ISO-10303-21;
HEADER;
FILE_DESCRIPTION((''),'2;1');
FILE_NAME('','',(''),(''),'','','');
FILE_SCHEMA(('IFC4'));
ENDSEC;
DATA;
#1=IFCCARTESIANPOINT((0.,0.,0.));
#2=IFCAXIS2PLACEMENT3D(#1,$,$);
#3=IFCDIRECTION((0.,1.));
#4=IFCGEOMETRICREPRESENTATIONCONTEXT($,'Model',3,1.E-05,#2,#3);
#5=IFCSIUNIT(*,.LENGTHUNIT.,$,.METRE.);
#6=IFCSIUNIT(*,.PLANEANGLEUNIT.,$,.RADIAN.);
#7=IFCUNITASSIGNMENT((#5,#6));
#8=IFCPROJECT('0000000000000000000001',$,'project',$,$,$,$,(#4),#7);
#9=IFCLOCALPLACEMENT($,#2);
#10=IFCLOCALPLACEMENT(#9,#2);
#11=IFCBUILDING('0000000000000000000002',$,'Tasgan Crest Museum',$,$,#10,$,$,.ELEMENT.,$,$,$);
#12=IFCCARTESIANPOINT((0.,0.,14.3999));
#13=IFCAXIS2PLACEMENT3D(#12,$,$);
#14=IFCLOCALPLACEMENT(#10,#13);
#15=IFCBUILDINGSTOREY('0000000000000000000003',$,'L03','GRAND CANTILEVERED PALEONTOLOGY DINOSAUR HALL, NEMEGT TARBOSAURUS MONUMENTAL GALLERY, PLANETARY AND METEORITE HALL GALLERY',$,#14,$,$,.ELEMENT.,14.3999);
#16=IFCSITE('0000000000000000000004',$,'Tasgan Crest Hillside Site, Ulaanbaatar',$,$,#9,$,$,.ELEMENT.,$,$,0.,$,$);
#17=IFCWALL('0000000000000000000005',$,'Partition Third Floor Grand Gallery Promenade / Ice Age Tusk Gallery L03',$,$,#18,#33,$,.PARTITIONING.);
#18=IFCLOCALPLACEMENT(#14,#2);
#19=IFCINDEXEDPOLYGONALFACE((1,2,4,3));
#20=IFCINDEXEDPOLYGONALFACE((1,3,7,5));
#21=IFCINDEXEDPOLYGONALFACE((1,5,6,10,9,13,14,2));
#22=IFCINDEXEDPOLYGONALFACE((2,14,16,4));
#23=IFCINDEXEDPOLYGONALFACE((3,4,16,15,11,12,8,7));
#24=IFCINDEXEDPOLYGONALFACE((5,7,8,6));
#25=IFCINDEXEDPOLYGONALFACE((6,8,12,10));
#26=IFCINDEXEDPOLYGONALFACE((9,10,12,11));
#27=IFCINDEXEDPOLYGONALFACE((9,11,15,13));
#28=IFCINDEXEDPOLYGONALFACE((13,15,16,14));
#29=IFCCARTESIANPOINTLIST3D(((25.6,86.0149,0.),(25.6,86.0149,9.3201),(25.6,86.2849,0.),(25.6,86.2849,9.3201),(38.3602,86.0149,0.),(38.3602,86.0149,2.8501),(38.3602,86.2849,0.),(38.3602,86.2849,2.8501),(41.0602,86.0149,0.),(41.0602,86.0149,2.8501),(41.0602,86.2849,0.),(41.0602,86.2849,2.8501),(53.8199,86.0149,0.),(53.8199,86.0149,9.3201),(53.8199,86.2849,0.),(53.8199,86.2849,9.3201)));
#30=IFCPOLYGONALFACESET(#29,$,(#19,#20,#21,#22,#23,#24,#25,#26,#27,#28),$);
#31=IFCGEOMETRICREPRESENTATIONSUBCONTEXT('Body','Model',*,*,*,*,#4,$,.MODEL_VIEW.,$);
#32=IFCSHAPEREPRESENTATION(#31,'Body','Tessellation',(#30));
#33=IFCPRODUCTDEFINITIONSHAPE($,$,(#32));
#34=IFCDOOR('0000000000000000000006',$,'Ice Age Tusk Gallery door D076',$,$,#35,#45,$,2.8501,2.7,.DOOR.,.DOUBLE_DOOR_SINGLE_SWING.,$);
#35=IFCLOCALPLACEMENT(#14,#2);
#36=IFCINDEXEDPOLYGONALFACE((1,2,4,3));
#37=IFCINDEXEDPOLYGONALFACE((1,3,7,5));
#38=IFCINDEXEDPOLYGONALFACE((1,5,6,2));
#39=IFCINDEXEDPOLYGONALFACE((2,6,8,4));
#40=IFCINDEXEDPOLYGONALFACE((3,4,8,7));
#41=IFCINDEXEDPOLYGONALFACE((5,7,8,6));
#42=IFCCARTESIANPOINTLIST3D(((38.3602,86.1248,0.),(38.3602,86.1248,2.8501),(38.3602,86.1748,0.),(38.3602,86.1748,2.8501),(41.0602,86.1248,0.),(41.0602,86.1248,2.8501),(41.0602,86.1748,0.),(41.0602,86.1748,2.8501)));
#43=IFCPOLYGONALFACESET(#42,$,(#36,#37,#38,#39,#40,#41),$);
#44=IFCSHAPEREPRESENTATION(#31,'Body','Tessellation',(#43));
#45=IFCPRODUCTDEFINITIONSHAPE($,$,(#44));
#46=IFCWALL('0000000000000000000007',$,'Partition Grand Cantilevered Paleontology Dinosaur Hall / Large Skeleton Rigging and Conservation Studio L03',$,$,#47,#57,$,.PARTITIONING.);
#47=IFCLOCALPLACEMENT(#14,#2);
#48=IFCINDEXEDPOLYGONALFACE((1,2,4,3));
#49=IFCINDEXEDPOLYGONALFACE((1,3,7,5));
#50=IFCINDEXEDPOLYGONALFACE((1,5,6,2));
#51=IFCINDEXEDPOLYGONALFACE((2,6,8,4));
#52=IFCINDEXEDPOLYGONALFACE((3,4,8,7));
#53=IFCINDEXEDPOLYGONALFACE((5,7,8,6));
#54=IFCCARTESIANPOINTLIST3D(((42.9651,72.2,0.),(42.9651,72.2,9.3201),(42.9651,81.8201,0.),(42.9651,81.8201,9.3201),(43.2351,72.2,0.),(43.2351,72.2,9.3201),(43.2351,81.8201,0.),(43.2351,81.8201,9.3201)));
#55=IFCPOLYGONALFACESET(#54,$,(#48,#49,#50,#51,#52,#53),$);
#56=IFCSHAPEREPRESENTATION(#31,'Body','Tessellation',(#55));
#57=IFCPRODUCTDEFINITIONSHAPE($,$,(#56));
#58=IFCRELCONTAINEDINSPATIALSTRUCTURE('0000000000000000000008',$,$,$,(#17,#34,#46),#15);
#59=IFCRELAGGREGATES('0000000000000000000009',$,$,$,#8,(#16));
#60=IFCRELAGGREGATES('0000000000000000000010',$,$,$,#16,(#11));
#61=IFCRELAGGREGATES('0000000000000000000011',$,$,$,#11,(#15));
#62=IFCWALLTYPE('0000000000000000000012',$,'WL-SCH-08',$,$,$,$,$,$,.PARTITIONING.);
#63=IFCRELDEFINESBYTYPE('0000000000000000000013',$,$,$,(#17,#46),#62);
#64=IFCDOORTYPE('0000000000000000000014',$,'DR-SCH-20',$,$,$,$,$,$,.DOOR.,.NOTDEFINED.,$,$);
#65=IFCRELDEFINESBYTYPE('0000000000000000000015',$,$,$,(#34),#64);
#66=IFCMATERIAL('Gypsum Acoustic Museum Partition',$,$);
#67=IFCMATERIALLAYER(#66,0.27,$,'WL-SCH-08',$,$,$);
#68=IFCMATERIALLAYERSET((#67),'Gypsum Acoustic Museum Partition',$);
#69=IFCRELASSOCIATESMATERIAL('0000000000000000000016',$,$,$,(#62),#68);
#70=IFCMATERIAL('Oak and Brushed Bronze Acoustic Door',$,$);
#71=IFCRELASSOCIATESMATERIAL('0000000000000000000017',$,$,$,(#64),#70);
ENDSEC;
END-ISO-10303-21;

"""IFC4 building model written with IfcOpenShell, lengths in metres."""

from ifc_helpers import new_model, si_unit, direction, frame, frame_2d, origin, place, context, subcontext, project, spatial, rectangle, extrude, material, layer, layer_set, type_object, element, fill, save


model = new_model("IFC4")

# Units and contexts
model_context = context("Model", 3, precision=1e-05, world=origin(), true_north=direction((0.0, 1.0)))
body_context = subcontext(model_context, "Body", "Model", "MODEL_VIEW")
ifc_project = project(units=[si_unit("LENGTHUNIT", "METRE"), si_unit("PLANEANGLEUNIT", "RADIAN")], contexts=[model_context])

# Site, building, storey
site_placement = place(None, origin())
site = spatial("IfcSite", under=ifc_project, at=site_placement, Name="Tasgan Crest Hillside Site, Ulaanbaatar", CompositionType="ELEMENT", RefElevation=0.0)
building_placement = place(site_placement, origin())
building = spatial("IfcBuilding", under=site, at=building_placement, Name="Tasgan Crest Museum", CompositionType="ELEMENT")
storey_placement = place(building_placement, frame((0.0, 0.0, 14.3999)))
storey = spatial("IfcBuildingStorey", under=building, at=storey_placement, Name="L03", Description="GRAND CANTILEVERED PALEONTOLOGY DINOSAUR HALL, NEMEGT TARBOSAURUS MONUMENTAL GALLERY, PLANETARY AND METEORITE HALL GALLERY", CompositionType="ELEMENT", Elevation=14.3999)

# Wall, opening, door
ifc_material_1 = material(Name="Gypsum Acoustic Museum Partition")
ifc_layer_1 = layer(ifc_material_1, 0.27, Name="WL-SCH-08")
ifc_layer_set_1 = layer_set([ifc_layer_1], Name="Gypsum Acoustic Museum Partition")
wall_type_1 = type_object("IfcWallType", Name="WL-SCH-08", PredefinedType="PARTITIONING", material=ifc_layer_set_1)
wall_1_placement = place(storey_placement, frame((25.6001, 86.1499, 0.0), z_axis=(0.0, 0.0, 1.0), x_axis=(1.0, 0.0, 0.0)))
wall_1 = element("IfcWall", 1, at=wall_1_placement, inside=storey, type_object=wall_type_1, Name="Partition Third Floor Grand Gallery Promenade / Ice Age Tusk Gallery L03", PredefinedType="PARTITIONING", context=body_context, shape_type="SweptSolid", body=[
    extrude(rectangle(XDim=28.22, YDim=0.27, at=frame_2d((14.1099, 0.0))), origin(), (0.0, 0.0, 1.0), 9.3201),
])
opening_1_placement = place(wall_1_placement, frame((12.76, 0.0, 0.0)))
opening_1 = element("IfcOpeningElement", 2, at=opening_1_placement, cuts=wall_1, PredefinedType="OPENING", context=body_context, shape_type="SweptSolid", body=[
    extrude(rectangle(XDim=2.7, YDim=2.8501, at=frame_2d((1.3501, 1.425))), frame((0.0, 0.145, 0.0), z_axis=(0.0, -1.0, 0.0), x_axis=(1.0, 0.0, 0.0)), (0.0, 0.0, 1.0), 0.29),
])
ifc_material_2 = material(Name="Oak and Brushed Bronze Acoustic Door")
door_type_1 = type_object("IfcDoorType", Name="DR-SCH-20", OperationType="NOTDEFINED", PredefinedType="DOOR", material=ifc_material_2)
door_1_placement = place(opening_1_placement, origin())
door_1 = element("IfcDoor", 3, at=door_1_placement, inside=storey, type_object=door_type_1, Name="Ice Age Tusk Gallery door D076", OperationType="DOUBLE_DOOR_SINGLE_SWING", OverallHeight=2.8501, OverallWidth=2.7, PredefinedType="DOOR", context=body_context, shape_type="SweptSolid", body=[
    extrude(rectangle(XDim=2.7, YDim=2.8501, at=frame_2d((1.3501, 1.425))), frame((0.0, 0.0249, 0.0), z_axis=(0.0, -1.0, 0.0), x_axis=(1.0, 0.0, 0.0)), (0.0, 0.0, 1.0), 0.05),
])
fill(opening_1, door_1)

# Wall
wall_2_placement = place(storey_placement, frame((43.1001, 72.2, 0.0), z_axis=(0.0, 0.0, 1.0), x_axis=(0.0, 1.0, 0.0)))
element("IfcWall", 4, at=wall_2_placement, inside=storey, type_object=wall_type_1, Name="Partition Grand Cantilevered Paleontology Dinosaur Hall / Large Skeleton Rigging and Conservation Studio L03", PredefinedType="PARTITIONING", context=body_context, shape_type="SweptSolid", body=[
    extrude(rectangle(XDim=9.6201, YDim=0.27, at=frame_2d((4.8101, 0.0))), origin(), (0.0, 0.0, 1.0), 9.3201),
])

save(model, "model.ifc")
